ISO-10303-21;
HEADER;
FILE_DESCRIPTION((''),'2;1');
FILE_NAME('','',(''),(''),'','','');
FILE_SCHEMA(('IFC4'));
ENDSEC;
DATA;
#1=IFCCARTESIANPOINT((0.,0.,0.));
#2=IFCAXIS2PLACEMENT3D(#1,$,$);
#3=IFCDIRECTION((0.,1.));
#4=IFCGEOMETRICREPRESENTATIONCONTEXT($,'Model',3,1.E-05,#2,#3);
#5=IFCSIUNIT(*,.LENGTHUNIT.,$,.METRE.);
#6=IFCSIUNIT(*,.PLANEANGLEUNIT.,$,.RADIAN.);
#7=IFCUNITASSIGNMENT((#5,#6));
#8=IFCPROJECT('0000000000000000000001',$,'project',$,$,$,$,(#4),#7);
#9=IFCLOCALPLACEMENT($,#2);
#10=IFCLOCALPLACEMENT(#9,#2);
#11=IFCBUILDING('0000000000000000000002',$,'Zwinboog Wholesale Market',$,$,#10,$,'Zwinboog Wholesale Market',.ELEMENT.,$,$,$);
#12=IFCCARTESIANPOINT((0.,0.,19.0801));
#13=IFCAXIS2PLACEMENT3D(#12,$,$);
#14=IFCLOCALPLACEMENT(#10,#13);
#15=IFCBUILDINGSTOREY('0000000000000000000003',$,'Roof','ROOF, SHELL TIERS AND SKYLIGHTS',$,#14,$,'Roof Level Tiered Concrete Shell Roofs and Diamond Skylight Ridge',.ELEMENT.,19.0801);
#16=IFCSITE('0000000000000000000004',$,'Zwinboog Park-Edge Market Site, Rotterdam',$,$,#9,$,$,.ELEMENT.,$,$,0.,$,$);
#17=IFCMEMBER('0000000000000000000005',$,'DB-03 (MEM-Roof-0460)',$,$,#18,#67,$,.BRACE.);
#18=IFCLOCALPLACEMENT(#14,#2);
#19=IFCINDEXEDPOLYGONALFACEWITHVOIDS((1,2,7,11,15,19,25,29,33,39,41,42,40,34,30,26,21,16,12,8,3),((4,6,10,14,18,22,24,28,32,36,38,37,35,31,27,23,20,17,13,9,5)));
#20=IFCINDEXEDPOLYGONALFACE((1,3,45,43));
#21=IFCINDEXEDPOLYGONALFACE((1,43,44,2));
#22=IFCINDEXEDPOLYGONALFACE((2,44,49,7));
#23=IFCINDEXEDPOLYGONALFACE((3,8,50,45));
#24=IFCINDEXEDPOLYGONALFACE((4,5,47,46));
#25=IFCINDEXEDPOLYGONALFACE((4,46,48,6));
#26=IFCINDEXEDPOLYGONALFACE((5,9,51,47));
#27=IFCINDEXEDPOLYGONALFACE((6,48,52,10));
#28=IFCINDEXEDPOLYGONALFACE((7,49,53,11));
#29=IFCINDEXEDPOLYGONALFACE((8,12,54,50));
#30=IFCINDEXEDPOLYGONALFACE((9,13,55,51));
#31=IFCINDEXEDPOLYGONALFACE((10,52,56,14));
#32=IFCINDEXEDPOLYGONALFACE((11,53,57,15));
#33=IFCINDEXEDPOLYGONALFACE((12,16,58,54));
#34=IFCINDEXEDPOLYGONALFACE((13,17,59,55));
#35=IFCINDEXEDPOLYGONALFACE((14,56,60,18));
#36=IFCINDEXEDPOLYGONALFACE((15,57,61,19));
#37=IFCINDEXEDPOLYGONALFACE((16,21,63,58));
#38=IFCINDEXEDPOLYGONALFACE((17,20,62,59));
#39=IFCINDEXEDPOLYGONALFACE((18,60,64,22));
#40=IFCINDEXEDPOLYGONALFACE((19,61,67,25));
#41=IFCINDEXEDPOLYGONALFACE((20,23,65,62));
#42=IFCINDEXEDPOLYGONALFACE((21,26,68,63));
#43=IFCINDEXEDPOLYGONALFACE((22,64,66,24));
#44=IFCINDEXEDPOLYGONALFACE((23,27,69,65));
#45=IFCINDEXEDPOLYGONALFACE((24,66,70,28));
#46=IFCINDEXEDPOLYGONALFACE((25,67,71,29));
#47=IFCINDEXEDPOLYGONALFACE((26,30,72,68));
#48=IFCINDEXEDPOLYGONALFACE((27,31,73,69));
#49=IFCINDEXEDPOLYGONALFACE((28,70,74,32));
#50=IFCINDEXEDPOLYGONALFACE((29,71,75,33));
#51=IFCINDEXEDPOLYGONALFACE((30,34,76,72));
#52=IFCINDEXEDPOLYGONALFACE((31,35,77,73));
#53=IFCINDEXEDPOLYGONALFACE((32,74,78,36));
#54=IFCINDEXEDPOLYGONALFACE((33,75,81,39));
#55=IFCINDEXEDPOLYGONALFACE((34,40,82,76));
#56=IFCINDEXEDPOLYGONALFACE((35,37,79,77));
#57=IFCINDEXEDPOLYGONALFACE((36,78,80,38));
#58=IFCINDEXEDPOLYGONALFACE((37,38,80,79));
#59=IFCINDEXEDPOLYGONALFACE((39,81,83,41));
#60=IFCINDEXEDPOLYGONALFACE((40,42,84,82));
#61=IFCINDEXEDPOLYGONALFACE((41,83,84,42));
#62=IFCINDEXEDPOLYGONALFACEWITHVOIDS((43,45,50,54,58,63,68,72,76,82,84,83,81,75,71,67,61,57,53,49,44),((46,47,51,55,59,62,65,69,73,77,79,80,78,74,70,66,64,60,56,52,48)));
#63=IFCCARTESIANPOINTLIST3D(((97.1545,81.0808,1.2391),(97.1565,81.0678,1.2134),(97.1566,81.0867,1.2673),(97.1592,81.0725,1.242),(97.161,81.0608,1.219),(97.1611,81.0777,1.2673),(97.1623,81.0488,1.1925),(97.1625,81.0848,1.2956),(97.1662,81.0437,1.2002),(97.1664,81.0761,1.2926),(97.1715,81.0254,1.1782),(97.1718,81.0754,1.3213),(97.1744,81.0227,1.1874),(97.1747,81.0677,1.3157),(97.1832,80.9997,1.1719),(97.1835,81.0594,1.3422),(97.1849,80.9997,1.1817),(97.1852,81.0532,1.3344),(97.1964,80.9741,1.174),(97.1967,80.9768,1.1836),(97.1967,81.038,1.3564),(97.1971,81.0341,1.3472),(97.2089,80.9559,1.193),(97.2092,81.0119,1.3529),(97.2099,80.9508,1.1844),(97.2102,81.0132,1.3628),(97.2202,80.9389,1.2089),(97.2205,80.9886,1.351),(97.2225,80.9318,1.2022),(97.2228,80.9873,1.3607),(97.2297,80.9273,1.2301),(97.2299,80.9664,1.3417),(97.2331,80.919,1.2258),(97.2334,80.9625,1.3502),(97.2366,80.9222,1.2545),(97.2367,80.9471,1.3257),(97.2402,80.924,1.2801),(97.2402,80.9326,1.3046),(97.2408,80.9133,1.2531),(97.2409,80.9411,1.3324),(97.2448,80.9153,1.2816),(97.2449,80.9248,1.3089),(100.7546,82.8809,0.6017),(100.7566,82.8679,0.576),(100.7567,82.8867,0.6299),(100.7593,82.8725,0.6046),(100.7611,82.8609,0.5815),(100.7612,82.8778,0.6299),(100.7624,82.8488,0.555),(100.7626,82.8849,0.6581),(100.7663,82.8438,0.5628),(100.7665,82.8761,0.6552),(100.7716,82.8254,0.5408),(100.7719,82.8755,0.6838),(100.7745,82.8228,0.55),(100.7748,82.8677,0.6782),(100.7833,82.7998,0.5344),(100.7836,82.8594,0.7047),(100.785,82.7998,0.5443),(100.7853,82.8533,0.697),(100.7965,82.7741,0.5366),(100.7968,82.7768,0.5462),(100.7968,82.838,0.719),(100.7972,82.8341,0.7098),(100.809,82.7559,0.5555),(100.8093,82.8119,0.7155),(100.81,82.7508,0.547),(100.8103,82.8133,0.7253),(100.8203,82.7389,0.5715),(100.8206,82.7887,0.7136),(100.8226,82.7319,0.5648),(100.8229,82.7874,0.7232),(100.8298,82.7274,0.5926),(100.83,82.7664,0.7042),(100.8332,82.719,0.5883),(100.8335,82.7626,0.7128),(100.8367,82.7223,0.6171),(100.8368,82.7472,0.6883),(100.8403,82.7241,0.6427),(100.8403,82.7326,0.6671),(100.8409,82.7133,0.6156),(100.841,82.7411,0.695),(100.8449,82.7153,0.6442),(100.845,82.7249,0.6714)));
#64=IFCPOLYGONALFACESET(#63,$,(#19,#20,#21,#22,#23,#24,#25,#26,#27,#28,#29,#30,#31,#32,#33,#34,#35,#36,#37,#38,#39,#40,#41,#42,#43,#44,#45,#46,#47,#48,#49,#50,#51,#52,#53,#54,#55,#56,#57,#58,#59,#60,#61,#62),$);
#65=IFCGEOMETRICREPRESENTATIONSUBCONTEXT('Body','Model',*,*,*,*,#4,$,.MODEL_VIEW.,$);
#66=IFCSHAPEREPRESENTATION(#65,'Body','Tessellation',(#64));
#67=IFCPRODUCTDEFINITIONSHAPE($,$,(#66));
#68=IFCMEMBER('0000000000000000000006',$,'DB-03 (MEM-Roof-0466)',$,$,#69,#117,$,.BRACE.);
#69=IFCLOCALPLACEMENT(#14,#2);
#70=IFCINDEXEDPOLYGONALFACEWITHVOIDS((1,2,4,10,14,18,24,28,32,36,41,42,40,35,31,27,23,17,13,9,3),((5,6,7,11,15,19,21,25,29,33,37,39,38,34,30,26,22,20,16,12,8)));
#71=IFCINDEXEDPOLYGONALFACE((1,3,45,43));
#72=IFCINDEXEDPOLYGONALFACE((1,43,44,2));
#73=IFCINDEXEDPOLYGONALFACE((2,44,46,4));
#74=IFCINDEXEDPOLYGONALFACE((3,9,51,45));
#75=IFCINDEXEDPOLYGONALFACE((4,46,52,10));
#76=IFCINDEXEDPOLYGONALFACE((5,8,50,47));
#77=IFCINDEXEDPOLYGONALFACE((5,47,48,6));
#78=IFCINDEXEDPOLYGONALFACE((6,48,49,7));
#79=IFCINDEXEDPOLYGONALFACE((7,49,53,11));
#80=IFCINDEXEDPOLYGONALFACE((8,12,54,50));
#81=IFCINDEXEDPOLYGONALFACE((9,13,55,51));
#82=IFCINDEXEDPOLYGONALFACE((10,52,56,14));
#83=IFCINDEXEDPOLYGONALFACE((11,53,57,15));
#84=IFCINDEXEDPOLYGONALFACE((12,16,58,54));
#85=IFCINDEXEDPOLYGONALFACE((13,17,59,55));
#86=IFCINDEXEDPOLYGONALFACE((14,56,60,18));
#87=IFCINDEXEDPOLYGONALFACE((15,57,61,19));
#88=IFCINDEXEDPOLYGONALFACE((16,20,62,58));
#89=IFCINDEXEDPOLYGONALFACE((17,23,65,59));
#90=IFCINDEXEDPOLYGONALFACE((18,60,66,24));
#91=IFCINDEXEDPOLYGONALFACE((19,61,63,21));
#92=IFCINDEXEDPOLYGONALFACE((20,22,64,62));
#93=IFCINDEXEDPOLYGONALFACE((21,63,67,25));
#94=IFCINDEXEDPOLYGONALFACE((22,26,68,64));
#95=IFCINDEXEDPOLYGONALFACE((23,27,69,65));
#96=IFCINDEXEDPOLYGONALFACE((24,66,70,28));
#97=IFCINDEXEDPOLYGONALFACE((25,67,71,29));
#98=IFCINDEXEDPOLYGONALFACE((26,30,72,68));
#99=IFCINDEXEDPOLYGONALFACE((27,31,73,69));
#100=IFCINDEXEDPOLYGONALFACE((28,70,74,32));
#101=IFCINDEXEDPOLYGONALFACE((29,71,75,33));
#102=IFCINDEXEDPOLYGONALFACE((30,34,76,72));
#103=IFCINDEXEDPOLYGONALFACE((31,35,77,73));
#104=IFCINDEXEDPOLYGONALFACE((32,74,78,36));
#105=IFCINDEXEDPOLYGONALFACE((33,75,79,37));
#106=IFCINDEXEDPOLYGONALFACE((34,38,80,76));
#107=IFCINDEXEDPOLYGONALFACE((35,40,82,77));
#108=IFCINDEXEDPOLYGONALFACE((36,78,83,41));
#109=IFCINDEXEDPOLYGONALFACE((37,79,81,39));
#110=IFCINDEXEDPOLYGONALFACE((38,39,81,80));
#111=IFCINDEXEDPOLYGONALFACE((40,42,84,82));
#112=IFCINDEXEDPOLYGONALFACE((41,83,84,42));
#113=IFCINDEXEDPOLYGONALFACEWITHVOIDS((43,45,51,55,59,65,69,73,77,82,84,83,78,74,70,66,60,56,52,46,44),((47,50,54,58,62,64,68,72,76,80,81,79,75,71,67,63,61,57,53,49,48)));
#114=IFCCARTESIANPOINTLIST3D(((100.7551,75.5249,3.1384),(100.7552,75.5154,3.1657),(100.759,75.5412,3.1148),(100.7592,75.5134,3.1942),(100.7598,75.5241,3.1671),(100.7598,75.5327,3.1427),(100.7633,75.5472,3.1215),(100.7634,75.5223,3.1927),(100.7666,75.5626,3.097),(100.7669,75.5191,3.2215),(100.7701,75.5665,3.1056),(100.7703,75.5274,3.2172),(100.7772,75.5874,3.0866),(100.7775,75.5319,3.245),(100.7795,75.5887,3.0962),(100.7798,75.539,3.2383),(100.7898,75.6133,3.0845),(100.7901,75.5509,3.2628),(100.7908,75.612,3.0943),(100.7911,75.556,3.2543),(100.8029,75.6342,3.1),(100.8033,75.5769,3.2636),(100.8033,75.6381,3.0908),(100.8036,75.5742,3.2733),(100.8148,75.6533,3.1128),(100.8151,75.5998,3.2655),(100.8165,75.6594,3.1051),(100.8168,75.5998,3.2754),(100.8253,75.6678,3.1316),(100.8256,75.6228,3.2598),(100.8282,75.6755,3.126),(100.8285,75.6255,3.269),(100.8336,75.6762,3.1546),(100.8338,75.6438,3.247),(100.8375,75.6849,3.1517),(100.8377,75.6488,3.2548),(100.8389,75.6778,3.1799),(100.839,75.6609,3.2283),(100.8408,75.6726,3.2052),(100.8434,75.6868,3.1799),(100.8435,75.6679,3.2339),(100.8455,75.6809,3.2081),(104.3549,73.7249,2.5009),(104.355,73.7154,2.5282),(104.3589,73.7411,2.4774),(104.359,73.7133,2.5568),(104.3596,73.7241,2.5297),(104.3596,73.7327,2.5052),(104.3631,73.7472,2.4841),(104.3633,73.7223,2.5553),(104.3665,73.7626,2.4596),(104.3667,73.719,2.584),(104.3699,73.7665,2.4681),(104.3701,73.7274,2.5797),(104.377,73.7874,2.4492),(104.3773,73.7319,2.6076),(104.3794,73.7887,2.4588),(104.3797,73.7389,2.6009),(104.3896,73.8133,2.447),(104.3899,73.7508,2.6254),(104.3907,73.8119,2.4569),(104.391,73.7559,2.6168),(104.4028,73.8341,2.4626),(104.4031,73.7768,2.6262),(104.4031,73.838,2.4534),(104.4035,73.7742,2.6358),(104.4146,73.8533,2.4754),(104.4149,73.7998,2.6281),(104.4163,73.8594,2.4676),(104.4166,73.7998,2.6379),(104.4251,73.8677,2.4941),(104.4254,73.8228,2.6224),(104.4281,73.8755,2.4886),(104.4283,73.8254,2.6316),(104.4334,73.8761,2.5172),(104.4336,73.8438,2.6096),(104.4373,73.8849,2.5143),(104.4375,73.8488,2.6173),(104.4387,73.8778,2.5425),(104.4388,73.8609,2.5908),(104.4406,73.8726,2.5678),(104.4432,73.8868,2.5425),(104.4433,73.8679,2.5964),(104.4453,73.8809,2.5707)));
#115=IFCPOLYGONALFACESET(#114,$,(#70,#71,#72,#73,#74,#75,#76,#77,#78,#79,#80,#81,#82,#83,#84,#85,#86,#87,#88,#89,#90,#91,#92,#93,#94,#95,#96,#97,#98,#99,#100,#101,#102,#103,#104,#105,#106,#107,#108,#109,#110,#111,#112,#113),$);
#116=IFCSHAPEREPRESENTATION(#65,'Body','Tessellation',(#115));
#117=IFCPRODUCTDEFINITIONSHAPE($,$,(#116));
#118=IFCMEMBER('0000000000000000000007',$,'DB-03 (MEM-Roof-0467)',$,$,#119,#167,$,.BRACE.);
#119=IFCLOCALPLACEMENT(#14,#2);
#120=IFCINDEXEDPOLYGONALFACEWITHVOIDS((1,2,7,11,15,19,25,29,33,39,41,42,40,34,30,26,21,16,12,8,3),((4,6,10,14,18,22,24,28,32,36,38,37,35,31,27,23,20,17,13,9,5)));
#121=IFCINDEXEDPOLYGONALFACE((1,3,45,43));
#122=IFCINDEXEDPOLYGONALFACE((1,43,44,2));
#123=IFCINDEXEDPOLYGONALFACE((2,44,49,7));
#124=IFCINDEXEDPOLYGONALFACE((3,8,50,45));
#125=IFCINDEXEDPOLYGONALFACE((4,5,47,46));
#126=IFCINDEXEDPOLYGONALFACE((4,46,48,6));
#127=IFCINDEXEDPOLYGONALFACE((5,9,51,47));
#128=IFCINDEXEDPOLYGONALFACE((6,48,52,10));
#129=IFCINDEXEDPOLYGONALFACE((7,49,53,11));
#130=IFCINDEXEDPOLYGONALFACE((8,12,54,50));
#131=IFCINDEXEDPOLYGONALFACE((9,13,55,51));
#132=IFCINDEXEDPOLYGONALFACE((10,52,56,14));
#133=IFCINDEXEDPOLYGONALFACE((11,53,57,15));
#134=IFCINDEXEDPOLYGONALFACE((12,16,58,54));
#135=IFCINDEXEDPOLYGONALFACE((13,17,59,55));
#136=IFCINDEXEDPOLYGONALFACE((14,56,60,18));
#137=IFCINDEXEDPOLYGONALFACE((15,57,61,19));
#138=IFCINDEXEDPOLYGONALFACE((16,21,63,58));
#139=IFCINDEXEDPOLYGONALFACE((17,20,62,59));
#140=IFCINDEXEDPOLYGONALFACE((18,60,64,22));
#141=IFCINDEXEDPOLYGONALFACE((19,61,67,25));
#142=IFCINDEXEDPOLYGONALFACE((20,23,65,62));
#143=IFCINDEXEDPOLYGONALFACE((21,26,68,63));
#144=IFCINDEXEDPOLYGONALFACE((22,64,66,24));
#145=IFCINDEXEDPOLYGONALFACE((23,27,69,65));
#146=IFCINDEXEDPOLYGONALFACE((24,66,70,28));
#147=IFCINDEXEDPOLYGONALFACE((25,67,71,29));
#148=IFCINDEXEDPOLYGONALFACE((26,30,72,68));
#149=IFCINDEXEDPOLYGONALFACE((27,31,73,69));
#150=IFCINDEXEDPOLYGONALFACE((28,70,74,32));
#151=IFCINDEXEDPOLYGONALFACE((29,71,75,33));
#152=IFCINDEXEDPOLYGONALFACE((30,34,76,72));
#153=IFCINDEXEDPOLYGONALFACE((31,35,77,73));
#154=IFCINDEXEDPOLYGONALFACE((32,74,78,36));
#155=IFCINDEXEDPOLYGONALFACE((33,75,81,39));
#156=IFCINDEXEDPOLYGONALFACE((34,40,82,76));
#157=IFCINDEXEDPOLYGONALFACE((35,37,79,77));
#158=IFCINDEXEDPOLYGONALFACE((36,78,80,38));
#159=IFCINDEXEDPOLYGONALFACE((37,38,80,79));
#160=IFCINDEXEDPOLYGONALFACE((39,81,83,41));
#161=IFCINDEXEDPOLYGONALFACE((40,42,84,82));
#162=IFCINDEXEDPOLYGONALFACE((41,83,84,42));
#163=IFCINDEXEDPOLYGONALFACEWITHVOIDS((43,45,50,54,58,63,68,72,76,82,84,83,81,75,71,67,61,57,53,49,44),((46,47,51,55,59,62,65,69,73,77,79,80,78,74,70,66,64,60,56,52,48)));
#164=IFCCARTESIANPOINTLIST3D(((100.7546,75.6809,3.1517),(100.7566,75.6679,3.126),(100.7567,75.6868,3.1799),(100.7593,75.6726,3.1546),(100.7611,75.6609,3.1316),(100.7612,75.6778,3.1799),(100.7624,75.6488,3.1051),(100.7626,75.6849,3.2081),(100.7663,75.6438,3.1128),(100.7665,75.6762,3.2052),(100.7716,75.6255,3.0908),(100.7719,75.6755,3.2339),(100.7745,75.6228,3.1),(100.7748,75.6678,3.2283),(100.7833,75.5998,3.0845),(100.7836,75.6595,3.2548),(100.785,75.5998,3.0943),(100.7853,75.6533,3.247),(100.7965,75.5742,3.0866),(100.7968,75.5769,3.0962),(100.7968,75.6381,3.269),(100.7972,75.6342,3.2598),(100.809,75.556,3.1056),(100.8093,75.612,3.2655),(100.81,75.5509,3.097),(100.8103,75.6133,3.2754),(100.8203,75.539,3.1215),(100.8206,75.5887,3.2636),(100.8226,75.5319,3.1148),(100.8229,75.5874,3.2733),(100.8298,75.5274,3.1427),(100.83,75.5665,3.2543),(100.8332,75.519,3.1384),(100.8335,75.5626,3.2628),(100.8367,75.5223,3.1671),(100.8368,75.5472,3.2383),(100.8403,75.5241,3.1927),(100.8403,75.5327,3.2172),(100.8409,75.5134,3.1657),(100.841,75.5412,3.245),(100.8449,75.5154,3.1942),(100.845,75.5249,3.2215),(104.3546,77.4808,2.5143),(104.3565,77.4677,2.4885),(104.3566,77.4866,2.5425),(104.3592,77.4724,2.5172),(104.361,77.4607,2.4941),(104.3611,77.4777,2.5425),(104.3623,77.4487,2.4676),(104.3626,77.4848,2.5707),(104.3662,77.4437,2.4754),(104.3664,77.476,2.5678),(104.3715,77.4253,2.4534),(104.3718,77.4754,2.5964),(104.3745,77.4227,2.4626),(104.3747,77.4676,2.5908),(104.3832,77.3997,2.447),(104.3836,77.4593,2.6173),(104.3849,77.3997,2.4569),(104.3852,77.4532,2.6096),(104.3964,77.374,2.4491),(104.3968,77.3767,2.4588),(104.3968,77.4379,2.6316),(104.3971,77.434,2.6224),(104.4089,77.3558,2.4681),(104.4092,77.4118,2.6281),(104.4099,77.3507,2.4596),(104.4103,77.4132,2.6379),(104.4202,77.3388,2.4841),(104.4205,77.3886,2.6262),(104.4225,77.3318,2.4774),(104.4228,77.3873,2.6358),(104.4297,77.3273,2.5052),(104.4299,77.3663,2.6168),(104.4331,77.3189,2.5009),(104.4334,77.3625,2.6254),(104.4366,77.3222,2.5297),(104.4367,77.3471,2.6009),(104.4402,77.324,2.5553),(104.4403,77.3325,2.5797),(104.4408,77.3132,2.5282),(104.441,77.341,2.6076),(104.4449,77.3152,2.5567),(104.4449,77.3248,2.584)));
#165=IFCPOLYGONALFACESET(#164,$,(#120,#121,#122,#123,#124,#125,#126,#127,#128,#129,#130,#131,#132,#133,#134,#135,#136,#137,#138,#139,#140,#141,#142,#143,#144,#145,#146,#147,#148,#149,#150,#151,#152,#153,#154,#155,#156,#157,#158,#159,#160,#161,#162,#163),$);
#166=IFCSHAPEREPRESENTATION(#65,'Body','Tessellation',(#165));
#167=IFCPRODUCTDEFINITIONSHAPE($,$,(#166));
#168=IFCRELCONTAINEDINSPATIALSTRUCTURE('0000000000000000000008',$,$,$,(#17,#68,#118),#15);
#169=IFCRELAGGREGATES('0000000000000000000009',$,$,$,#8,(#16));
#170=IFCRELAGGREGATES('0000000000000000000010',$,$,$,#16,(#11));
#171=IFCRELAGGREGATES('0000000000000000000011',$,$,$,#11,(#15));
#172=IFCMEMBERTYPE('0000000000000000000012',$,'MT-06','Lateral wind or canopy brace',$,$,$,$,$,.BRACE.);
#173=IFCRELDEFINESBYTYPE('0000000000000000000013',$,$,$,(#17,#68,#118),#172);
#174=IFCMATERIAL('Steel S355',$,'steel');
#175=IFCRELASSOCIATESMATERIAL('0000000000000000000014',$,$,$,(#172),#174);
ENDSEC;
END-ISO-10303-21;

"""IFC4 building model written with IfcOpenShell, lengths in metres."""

from ifc_helpers import new_model, si_unit, direction, frame, origin, origin_2d, place, context, subcontext, project, spatial, hollow_circle, extrude, material, material_profile, profile_set, type_object, element, save


model = new_model("IFC4")

# Units and contexts
model_context = context("Model", 3, precision=1e-05, world=origin(), true_north=direction((0.0, 1.0)))
body_context = subcontext(model_context, "Body", "Model", "MODEL_VIEW")
ifc_project = project(units=[si_unit("LENGTHUNIT", "METRE"), si_unit("PLANEANGLEUNIT", "RADIAN")], contexts=[model_context])

# Site, building, storey
site_placement = place(None, origin())
site = spatial("IfcSite", under=ifc_project, at=site_placement, Name="Zwinboog Park-Edge Market Site, Rotterdam", CompositionType="ELEMENT", RefElevation=0.0)
building_placement = place(site_placement, origin())
building = spatial("IfcBuilding", under=site, at=building_placement, Name="Zwinboog Wholesale Market", LongName="Zwinboog Wholesale Market", CompositionType="ELEMENT")
storey_placement = place(building_placement, frame((0.0, 0.0, 19.0801)))
storey = spatial("IfcBuildingStorey", under=building, at=storey_placement, Name="Roof", Description="ROOF, SHELL TIERS AND SKYLIGHTS", LongName="Roof Level Tiered Concrete Shell Roofs and Diamond Skylight Ridge", CompositionType="ELEMENT", Elevation=19.0801)

# Members
ifc_material_1 = material(Name="Steel S355", Category="steel")
ifc_material_profile_1 = material_profile(ifc_material_1, hollow_circle(Radius=0.0969, WallThickness=0.01, at=origin_2d()), Name="CHS 193.7x10")
ifc_profile_set_1 = profile_set([ifc_material_profile_1], Name="Steel S355")
member_type_1 = type_object("IfcMemberType", Name="MT-06", Description="Lateral wind or canopy brace", PredefinedType="BRACE", material=ifc_profile_set_1)
for number, where, z_axis, x_axis, name in (
    (1, (97.2, 81.0, 1.2673), (0.883417, 0.441709, -0.156422), (-0.447214, 0.894427, 0.0), "DB-03 (MEM-Roof-0460)"),
):
    element("IfcMember", number, at=place(storey_placement, frame(where, z_axis=z_axis, x_axis=x_axis)), inside=storey, type_object=member_type_1, Name=name, PredefinedType="BRACE", context=body_context, shape_type="SweptSolid", body=[
        extrude(hollow_circle(Radius=0.0969, WallThickness=0.01, at=origin_2d()), origin(), (0.0, 0.0, 1.0), 4.0752),
    ])
for number, where, z_axis, x_axis, name in (
    (2, (100.8, 75.6001, 3.1799), (0.883404, -0.441732, -0.15643), (0.447238, 0.894415, 0.0), "DB-03 (MEM-Roof-0466)"),
    (3, (100.8, 75.6001, 3.1799), (0.883427, 0.441684, -0.156435), (-0.447189, 0.894439, 0.0), "DB-03 (MEM-Roof-0467)"),
):
    element("IfcMember", number, at=place(storey_placement, frame(where, z_axis=z_axis, x_axis=x_axis)), inside=storey, type_object=member_type_1, Name=name, PredefinedType="BRACE", context=body_context, shape_type="SweptSolid", body=[
        extrude(hollow_circle(Radius=0.0969, WallThickness=0.01, at=origin_2d()), origin(), (0.0, 0.0, 1.0), 4.075),
    ])

save(model, "model.ifc")
